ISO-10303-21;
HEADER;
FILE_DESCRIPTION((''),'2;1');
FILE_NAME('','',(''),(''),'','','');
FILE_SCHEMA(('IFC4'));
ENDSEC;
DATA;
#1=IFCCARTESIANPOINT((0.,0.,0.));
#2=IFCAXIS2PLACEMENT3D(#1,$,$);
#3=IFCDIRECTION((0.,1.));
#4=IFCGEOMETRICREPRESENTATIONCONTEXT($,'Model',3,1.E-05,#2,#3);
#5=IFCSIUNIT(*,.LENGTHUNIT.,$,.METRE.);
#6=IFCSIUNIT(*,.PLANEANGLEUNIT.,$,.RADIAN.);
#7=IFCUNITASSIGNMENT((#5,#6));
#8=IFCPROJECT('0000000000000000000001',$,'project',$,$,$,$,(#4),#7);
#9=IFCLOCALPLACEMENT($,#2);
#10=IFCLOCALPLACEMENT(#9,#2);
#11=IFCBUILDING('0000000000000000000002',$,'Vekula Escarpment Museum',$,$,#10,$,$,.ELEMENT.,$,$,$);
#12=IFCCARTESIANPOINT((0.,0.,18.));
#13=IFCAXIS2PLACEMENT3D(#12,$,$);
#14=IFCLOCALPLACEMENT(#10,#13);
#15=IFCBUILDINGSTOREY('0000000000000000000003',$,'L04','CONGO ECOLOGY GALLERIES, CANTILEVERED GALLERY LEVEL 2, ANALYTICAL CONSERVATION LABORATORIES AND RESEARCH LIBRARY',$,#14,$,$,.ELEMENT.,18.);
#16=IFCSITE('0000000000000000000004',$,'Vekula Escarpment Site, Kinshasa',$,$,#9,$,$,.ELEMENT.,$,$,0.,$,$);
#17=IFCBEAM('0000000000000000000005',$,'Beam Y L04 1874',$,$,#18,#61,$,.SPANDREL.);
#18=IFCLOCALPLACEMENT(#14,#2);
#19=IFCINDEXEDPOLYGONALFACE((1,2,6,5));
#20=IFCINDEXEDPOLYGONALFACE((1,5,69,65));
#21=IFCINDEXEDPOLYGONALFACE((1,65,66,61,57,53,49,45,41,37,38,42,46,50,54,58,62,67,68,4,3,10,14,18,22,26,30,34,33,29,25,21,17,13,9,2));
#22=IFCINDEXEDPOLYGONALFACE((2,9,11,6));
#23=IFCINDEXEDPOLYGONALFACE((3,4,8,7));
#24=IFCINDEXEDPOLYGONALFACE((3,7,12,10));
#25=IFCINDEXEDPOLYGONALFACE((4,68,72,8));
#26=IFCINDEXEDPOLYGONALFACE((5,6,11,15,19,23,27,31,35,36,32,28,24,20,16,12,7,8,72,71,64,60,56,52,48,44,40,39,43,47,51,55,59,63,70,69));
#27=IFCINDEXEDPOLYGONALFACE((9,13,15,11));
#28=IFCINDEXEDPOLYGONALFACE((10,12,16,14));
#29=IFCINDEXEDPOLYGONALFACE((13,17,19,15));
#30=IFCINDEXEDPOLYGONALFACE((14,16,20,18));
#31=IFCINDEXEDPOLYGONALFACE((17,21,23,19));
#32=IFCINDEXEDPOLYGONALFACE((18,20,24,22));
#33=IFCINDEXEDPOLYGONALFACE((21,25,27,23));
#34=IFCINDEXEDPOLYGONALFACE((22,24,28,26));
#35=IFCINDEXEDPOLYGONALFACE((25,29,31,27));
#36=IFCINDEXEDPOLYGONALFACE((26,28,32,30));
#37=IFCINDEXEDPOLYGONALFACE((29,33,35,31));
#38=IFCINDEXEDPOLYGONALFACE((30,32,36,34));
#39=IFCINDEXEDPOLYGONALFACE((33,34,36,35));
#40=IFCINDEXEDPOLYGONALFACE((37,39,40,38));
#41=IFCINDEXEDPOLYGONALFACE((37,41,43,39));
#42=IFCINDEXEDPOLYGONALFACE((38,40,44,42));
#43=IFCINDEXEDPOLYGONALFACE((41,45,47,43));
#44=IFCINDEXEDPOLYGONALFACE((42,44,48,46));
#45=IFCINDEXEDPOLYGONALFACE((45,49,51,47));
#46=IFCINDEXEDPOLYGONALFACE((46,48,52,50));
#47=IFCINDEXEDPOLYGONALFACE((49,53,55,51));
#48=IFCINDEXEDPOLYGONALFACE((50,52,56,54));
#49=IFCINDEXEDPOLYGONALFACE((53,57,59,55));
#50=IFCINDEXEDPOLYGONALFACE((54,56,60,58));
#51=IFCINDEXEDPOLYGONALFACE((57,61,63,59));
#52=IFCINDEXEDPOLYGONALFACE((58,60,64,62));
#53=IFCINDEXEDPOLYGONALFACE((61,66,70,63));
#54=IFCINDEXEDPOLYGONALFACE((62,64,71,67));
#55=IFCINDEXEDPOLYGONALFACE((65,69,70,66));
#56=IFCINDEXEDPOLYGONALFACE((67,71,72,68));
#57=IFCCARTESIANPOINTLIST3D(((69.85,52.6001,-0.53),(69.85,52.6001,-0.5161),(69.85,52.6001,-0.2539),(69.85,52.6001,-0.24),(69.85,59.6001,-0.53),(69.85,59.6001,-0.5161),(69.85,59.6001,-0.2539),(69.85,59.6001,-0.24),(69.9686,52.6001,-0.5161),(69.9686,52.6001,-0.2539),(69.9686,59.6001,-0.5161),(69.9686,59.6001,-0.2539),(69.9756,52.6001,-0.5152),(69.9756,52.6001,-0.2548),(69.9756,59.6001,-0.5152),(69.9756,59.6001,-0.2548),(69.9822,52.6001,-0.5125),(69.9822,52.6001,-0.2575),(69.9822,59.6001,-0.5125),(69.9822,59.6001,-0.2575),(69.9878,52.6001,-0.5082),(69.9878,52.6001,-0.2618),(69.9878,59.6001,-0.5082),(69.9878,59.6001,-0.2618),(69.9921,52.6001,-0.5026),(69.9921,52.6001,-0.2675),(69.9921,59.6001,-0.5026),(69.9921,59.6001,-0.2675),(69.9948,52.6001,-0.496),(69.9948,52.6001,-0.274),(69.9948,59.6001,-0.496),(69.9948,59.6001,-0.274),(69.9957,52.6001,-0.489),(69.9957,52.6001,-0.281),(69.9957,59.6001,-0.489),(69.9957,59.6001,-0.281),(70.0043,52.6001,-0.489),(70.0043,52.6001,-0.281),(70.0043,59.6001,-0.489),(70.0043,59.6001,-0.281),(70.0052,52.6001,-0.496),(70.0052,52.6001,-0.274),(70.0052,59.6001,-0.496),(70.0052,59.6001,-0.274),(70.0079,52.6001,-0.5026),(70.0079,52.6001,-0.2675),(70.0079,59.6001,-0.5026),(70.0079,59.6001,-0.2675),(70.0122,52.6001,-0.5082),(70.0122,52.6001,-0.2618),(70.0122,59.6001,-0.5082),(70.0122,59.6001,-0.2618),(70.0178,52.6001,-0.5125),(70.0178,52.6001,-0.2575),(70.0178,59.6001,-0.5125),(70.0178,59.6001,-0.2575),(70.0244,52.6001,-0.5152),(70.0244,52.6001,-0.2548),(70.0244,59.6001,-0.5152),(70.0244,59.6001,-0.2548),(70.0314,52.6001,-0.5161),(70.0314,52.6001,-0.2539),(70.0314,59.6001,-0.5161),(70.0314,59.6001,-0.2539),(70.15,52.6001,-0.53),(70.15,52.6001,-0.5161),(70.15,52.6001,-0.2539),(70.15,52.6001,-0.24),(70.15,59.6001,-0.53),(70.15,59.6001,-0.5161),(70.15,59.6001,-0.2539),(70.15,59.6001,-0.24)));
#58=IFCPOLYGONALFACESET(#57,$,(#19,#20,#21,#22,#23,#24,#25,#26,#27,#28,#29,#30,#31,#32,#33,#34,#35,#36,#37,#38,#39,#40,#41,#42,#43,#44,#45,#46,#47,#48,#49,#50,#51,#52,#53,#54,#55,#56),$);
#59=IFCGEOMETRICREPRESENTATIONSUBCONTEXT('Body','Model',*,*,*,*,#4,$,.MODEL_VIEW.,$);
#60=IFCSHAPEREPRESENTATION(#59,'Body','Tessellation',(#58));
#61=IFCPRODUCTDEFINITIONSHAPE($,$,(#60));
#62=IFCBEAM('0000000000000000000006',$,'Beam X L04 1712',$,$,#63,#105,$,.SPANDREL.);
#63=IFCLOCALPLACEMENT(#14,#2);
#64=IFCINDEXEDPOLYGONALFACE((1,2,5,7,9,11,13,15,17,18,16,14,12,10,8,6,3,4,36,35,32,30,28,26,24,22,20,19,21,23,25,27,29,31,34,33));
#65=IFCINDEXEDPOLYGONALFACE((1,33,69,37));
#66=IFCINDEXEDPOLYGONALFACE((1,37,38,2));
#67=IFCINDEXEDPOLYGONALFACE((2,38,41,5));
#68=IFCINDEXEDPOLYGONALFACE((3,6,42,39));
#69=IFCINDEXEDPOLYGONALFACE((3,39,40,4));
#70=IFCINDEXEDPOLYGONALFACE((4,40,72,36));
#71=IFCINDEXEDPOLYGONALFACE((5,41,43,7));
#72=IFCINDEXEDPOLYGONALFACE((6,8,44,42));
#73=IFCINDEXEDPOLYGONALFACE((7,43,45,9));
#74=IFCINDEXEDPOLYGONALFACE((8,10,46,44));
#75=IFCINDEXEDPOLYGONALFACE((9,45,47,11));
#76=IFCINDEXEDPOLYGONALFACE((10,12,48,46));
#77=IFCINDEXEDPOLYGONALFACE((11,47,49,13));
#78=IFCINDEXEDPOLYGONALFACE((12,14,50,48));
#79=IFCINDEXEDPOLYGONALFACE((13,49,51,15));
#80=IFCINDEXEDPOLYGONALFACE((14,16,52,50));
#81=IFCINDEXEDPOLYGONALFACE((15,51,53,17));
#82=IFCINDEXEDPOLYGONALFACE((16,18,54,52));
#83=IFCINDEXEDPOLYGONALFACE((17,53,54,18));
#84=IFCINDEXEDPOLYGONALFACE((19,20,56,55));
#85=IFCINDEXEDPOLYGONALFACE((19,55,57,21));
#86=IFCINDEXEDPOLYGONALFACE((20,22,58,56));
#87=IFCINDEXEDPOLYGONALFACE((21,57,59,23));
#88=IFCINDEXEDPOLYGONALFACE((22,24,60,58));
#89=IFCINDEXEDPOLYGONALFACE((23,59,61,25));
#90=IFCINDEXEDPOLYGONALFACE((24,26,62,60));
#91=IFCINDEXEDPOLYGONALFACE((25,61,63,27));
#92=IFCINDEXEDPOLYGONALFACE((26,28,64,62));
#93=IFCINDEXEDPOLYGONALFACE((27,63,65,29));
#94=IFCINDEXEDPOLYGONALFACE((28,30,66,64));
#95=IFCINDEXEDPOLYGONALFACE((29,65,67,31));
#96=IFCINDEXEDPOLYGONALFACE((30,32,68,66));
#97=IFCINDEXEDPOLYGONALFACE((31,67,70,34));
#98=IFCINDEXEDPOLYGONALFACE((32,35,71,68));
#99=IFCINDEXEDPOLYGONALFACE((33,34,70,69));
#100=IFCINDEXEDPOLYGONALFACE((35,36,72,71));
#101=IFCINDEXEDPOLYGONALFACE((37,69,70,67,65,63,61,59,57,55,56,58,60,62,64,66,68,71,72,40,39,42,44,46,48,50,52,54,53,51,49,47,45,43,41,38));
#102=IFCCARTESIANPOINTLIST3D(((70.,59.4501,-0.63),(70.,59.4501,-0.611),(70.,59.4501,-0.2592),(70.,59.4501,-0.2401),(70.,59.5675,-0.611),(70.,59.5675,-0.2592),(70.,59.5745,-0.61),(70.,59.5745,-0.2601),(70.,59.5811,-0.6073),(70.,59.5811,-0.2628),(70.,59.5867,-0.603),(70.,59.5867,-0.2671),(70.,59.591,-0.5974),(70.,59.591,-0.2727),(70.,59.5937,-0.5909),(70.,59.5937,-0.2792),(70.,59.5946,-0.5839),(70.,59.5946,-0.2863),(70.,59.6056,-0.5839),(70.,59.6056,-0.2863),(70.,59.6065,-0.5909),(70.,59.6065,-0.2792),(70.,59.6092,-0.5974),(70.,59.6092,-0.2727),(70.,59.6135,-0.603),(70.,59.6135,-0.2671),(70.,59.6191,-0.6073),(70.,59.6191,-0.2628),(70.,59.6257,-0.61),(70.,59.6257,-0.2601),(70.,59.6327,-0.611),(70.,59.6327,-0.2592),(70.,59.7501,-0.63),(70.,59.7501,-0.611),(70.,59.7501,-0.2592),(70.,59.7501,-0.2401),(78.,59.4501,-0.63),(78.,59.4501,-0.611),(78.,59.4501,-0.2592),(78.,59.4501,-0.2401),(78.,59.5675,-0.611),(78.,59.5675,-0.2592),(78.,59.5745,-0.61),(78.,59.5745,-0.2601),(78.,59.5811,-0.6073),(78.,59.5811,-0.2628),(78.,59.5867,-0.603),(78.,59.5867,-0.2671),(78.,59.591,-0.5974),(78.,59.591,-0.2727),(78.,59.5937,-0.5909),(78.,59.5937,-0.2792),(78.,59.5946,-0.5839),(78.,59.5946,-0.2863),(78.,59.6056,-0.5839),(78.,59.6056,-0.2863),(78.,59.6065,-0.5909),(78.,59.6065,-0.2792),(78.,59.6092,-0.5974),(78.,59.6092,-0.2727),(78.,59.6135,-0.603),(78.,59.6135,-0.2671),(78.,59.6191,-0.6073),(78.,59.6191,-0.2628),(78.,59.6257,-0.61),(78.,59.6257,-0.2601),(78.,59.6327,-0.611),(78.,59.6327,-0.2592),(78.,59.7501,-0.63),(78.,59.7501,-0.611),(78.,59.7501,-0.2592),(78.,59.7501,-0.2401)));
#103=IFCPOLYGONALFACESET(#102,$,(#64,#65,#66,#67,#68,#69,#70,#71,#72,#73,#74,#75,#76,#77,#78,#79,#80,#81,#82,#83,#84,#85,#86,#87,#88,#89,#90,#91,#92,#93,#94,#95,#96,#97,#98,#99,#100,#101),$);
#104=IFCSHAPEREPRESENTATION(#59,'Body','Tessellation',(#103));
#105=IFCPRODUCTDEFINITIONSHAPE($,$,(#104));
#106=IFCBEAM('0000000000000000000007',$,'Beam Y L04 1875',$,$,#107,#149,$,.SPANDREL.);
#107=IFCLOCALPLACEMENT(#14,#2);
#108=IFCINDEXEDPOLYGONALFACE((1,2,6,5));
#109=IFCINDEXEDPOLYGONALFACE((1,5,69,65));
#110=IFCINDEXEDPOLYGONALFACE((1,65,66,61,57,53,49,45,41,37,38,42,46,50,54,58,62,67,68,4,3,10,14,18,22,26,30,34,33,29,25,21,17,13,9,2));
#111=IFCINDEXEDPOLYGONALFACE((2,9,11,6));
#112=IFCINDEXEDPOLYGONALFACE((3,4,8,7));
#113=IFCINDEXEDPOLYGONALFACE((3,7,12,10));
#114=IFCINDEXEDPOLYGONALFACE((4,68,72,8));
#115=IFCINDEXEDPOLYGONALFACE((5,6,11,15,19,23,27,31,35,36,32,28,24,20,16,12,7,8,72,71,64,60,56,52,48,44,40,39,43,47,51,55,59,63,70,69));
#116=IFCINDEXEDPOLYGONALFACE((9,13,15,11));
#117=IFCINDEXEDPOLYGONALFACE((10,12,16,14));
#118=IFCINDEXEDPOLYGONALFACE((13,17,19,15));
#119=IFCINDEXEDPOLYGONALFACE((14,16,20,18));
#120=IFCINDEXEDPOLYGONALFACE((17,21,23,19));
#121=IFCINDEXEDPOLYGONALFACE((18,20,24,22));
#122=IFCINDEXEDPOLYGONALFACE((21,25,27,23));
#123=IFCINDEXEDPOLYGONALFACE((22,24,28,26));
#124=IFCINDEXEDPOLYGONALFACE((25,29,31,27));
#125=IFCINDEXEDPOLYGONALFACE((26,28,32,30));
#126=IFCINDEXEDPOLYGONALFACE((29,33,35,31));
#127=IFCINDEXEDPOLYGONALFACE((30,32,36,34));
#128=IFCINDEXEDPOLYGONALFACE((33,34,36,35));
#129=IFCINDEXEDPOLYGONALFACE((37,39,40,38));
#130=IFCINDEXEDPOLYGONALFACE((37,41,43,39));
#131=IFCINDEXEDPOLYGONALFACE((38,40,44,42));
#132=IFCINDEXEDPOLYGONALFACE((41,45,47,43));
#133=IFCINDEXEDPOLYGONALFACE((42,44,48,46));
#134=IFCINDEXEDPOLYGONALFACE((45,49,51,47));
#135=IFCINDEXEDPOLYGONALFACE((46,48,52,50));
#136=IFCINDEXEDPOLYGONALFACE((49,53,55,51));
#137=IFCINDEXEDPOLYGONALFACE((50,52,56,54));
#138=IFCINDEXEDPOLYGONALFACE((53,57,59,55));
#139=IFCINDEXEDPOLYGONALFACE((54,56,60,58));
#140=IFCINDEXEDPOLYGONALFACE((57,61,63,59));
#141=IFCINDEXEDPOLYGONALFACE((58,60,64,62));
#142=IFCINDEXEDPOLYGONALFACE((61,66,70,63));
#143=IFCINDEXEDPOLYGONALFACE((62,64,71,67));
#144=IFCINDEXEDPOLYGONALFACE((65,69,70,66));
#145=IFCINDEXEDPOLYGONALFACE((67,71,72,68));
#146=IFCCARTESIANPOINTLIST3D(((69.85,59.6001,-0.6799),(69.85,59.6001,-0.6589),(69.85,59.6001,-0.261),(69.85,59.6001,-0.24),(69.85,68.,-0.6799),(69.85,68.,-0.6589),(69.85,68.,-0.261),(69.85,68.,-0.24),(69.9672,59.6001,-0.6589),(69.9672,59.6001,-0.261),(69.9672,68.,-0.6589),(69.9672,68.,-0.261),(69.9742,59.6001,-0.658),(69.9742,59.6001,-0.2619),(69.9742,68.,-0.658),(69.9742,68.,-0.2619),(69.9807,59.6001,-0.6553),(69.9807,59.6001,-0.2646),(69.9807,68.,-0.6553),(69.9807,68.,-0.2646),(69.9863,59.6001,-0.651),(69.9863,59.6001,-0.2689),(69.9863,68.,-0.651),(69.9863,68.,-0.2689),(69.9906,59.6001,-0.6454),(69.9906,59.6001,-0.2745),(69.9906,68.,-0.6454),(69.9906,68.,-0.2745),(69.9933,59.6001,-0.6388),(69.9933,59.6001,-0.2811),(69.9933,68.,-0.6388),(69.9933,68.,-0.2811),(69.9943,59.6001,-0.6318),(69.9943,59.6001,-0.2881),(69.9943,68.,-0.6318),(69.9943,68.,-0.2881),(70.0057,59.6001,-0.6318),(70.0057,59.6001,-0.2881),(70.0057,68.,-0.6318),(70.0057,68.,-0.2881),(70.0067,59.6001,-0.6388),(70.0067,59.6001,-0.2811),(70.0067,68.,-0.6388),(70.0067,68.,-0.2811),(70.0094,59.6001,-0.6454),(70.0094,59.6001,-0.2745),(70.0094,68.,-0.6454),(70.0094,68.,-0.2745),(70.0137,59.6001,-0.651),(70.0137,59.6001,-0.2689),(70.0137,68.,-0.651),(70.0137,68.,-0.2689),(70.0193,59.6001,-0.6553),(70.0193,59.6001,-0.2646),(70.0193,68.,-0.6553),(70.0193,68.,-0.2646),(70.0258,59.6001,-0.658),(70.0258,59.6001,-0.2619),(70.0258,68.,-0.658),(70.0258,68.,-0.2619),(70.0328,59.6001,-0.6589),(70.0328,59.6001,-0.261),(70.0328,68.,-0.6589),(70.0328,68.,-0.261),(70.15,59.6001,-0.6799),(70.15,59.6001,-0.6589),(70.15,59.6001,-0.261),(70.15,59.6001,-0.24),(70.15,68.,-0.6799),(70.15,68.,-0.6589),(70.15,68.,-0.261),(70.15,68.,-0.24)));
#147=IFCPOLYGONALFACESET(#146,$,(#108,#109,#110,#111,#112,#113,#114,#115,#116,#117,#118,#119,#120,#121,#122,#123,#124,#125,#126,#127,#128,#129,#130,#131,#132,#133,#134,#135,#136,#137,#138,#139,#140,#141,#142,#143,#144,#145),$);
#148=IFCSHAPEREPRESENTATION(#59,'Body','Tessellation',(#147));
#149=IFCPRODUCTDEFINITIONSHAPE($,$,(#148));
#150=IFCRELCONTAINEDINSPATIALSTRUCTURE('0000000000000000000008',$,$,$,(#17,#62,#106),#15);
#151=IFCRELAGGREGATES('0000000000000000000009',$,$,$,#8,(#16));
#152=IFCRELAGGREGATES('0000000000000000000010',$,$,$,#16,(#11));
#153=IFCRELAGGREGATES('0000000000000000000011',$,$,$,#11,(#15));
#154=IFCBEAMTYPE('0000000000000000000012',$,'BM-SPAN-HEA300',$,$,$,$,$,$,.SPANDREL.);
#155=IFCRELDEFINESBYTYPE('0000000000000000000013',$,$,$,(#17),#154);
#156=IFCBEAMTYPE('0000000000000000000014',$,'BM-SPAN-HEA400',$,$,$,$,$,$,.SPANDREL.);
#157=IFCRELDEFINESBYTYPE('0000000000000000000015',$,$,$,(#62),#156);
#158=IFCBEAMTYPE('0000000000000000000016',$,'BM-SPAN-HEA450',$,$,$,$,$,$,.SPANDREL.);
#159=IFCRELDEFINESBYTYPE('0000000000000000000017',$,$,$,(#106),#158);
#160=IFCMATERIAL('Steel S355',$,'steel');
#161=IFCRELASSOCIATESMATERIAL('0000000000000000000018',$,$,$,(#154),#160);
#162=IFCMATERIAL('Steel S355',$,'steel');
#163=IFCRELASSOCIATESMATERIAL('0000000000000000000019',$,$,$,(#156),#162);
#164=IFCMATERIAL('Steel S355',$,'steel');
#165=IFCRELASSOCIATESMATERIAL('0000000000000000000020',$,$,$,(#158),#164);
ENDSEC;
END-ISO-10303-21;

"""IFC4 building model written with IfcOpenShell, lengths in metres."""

from ifc_helpers import new_model, si_unit, direction, frame, origin, origin_2d, place, context, subcontext, project, spatial, i_section, extrude, material, material_profile, profile_set, type_object, element, save


model = new_model("IFC4")

# Units and contexts
model_context = context("Model", 3, precision=1e-05, world=origin(), true_north=direction((0.0, 1.0)))
body_context = subcontext(model_context, "Body", "Model", "MODEL_VIEW")
ifc_project = project(units=[si_unit("LENGTHUNIT", "METRE"), si_unit("PLANEANGLEUNIT", "RADIAN")], contexts=[model_context])

# Site, building, storey
site_placement = place(None, origin())
site = spatial("IfcSite", under=ifc_project, at=site_placement, Name="Vekula Escarpment Site, Kinshasa", CompositionType="ELEMENT", RefElevation=0.0)
building_placement = place(site_placement, origin())
building = spatial("IfcBuilding", under=site, at=building_placement, Name="Vekula Escarpment Museum", CompositionType="ELEMENT")
storey_placement = place(building_placement, frame((0.0, 0.0, 18.0)))
storey = spatial("IfcBuildingStorey", under=building, at=storey_placement, Name="L04", Description="CONGO ECOLOGY GALLERIES, CANTILEVERED GALLERY LEVEL 2, ANALYTICAL CONSERVATION LABORATORIES AND RESEARCH LIBRARY", CompositionType="ELEMENT", Elevation=18.0)

# Beams
ifc_material_1 = material(Name="Steel S355", Category="steel")
ifc_material_profile_1 = material_profile(ifc_material_1, i_section(OverallWidth=0.3, OverallDepth=0.29, WebThickness=0.0085, FlangeThickness=0.0139, FilletRadius=0.0271, at=origin_2d()), Name="HEA 300")
ifc_profile_set_1 = profile_set([ifc_material_profile_1], Name="Steel S355")
beam_type_1 = type_object("IfcBeamType", Name="BM-SPAN-HEA300", PredefinedType="SPANDREL", material=ifc_profile_set_1)
beam_1_placement = place(storey_placement, frame((70.0, 52.6001, -0.385), z_axis=(0.0, 1.0, 0.0), x_axis=(-1.0, 0.0, 0.0)))
element("IfcBeam", 1, at=beam_1_placement, inside=storey, type_object=beam_type_1, Name="Beam Y L04 1874", PredefinedType="SPANDREL", context=body_context, shape_type="SweptSolid", body=[
    extrude(i_section(OverallWidth=0.3, OverallDepth=0.29, WebThickness=0.0085, FlangeThickness=0.0139, FilletRadius=0.0271, at=origin_2d()), origin(), (0.0, 0.0, 1.0), 7.0),
])
ifc_material_2 = material(Name="Steel S355", Category="steel")
ifc_material_profile_2 = material_profile(ifc_material_2, i_section(OverallWidth=0.3, OverallDepth=0.3899, WebThickness=0.011, FlangeThickness=0.019, FilletRadius=0.0271, at=origin_2d()), Name="HEA 400")
ifc_profile_set_2 = profile_set([ifc_material_profile_2], Name="Steel S355")
beam_type_2 = type_object("IfcBeamType", Name="BM-SPAN-HEA400", PredefinedType="SPANDREL", material=ifc_profile_set_2)
beam_2_placement = place(storey_placement, frame((70.0, 59.6001, -0.4351), z_axis=(1.0, 0.0, 0.0), x_axis=(0.0, 1.0, 0.0)))
element("IfcBeam", 2, at=beam_2_placement, inside=storey, type_object=beam_type_2, Name="Beam X L04 1712", PredefinedType="SPANDREL", context=body_context, shape_type="SweptSolid", body=[
    extrude(i_section(OverallWidth=0.3, OverallDepth=0.3899, WebThickness=0.011, FlangeThickness=0.019, FilletRadius=0.0271, at=origin_2d()), origin(), (0.0, 0.0, 1.0), 8.0),
])
ifc_material_3 = material(Name="Steel S355", Category="steel")
ifc_material_profile_3 = material_profile(ifc_material_3, i_section(OverallWidth=0.3, OverallDepth=0.4399, WebThickness=0.0115, FlangeThickness=0.021, FilletRadius=0.0271, at=origin_2d()), Name="HEA 450")
ifc_profile_set_3 = profile_set([ifc_material_profile_3], Name="Steel S355")
beam_type_3 = type_object("IfcBeamType", Name="BM-SPAN-HEA450", PredefinedType="SPANDREL", material=ifc_profile_set_3)
beam_3_placement = place(storey_placement, frame((70.0, 59.6001, -0.46), z_axis=(0.0, 1.0, 0.0), x_axis=(-1.0, 0.0, 0.0)))
element("IfcBeam", 3, at=beam_3_placement, inside=storey, type_object=beam_type_3, Name="Beam Y L04 1875", PredefinedType="SPANDREL", context=body_context, shape_type="SweptSolid", body=[
    extrude(i_section(OverallWidth=0.3, OverallDepth=0.4399, WebThickness=0.0115, FlangeThickness=0.021, FilletRadius=0.0271, at=origin_2d()), origin(), (0.0, 0.0, 1.0), 8.3999),
])

save(model, "model.ifc")
